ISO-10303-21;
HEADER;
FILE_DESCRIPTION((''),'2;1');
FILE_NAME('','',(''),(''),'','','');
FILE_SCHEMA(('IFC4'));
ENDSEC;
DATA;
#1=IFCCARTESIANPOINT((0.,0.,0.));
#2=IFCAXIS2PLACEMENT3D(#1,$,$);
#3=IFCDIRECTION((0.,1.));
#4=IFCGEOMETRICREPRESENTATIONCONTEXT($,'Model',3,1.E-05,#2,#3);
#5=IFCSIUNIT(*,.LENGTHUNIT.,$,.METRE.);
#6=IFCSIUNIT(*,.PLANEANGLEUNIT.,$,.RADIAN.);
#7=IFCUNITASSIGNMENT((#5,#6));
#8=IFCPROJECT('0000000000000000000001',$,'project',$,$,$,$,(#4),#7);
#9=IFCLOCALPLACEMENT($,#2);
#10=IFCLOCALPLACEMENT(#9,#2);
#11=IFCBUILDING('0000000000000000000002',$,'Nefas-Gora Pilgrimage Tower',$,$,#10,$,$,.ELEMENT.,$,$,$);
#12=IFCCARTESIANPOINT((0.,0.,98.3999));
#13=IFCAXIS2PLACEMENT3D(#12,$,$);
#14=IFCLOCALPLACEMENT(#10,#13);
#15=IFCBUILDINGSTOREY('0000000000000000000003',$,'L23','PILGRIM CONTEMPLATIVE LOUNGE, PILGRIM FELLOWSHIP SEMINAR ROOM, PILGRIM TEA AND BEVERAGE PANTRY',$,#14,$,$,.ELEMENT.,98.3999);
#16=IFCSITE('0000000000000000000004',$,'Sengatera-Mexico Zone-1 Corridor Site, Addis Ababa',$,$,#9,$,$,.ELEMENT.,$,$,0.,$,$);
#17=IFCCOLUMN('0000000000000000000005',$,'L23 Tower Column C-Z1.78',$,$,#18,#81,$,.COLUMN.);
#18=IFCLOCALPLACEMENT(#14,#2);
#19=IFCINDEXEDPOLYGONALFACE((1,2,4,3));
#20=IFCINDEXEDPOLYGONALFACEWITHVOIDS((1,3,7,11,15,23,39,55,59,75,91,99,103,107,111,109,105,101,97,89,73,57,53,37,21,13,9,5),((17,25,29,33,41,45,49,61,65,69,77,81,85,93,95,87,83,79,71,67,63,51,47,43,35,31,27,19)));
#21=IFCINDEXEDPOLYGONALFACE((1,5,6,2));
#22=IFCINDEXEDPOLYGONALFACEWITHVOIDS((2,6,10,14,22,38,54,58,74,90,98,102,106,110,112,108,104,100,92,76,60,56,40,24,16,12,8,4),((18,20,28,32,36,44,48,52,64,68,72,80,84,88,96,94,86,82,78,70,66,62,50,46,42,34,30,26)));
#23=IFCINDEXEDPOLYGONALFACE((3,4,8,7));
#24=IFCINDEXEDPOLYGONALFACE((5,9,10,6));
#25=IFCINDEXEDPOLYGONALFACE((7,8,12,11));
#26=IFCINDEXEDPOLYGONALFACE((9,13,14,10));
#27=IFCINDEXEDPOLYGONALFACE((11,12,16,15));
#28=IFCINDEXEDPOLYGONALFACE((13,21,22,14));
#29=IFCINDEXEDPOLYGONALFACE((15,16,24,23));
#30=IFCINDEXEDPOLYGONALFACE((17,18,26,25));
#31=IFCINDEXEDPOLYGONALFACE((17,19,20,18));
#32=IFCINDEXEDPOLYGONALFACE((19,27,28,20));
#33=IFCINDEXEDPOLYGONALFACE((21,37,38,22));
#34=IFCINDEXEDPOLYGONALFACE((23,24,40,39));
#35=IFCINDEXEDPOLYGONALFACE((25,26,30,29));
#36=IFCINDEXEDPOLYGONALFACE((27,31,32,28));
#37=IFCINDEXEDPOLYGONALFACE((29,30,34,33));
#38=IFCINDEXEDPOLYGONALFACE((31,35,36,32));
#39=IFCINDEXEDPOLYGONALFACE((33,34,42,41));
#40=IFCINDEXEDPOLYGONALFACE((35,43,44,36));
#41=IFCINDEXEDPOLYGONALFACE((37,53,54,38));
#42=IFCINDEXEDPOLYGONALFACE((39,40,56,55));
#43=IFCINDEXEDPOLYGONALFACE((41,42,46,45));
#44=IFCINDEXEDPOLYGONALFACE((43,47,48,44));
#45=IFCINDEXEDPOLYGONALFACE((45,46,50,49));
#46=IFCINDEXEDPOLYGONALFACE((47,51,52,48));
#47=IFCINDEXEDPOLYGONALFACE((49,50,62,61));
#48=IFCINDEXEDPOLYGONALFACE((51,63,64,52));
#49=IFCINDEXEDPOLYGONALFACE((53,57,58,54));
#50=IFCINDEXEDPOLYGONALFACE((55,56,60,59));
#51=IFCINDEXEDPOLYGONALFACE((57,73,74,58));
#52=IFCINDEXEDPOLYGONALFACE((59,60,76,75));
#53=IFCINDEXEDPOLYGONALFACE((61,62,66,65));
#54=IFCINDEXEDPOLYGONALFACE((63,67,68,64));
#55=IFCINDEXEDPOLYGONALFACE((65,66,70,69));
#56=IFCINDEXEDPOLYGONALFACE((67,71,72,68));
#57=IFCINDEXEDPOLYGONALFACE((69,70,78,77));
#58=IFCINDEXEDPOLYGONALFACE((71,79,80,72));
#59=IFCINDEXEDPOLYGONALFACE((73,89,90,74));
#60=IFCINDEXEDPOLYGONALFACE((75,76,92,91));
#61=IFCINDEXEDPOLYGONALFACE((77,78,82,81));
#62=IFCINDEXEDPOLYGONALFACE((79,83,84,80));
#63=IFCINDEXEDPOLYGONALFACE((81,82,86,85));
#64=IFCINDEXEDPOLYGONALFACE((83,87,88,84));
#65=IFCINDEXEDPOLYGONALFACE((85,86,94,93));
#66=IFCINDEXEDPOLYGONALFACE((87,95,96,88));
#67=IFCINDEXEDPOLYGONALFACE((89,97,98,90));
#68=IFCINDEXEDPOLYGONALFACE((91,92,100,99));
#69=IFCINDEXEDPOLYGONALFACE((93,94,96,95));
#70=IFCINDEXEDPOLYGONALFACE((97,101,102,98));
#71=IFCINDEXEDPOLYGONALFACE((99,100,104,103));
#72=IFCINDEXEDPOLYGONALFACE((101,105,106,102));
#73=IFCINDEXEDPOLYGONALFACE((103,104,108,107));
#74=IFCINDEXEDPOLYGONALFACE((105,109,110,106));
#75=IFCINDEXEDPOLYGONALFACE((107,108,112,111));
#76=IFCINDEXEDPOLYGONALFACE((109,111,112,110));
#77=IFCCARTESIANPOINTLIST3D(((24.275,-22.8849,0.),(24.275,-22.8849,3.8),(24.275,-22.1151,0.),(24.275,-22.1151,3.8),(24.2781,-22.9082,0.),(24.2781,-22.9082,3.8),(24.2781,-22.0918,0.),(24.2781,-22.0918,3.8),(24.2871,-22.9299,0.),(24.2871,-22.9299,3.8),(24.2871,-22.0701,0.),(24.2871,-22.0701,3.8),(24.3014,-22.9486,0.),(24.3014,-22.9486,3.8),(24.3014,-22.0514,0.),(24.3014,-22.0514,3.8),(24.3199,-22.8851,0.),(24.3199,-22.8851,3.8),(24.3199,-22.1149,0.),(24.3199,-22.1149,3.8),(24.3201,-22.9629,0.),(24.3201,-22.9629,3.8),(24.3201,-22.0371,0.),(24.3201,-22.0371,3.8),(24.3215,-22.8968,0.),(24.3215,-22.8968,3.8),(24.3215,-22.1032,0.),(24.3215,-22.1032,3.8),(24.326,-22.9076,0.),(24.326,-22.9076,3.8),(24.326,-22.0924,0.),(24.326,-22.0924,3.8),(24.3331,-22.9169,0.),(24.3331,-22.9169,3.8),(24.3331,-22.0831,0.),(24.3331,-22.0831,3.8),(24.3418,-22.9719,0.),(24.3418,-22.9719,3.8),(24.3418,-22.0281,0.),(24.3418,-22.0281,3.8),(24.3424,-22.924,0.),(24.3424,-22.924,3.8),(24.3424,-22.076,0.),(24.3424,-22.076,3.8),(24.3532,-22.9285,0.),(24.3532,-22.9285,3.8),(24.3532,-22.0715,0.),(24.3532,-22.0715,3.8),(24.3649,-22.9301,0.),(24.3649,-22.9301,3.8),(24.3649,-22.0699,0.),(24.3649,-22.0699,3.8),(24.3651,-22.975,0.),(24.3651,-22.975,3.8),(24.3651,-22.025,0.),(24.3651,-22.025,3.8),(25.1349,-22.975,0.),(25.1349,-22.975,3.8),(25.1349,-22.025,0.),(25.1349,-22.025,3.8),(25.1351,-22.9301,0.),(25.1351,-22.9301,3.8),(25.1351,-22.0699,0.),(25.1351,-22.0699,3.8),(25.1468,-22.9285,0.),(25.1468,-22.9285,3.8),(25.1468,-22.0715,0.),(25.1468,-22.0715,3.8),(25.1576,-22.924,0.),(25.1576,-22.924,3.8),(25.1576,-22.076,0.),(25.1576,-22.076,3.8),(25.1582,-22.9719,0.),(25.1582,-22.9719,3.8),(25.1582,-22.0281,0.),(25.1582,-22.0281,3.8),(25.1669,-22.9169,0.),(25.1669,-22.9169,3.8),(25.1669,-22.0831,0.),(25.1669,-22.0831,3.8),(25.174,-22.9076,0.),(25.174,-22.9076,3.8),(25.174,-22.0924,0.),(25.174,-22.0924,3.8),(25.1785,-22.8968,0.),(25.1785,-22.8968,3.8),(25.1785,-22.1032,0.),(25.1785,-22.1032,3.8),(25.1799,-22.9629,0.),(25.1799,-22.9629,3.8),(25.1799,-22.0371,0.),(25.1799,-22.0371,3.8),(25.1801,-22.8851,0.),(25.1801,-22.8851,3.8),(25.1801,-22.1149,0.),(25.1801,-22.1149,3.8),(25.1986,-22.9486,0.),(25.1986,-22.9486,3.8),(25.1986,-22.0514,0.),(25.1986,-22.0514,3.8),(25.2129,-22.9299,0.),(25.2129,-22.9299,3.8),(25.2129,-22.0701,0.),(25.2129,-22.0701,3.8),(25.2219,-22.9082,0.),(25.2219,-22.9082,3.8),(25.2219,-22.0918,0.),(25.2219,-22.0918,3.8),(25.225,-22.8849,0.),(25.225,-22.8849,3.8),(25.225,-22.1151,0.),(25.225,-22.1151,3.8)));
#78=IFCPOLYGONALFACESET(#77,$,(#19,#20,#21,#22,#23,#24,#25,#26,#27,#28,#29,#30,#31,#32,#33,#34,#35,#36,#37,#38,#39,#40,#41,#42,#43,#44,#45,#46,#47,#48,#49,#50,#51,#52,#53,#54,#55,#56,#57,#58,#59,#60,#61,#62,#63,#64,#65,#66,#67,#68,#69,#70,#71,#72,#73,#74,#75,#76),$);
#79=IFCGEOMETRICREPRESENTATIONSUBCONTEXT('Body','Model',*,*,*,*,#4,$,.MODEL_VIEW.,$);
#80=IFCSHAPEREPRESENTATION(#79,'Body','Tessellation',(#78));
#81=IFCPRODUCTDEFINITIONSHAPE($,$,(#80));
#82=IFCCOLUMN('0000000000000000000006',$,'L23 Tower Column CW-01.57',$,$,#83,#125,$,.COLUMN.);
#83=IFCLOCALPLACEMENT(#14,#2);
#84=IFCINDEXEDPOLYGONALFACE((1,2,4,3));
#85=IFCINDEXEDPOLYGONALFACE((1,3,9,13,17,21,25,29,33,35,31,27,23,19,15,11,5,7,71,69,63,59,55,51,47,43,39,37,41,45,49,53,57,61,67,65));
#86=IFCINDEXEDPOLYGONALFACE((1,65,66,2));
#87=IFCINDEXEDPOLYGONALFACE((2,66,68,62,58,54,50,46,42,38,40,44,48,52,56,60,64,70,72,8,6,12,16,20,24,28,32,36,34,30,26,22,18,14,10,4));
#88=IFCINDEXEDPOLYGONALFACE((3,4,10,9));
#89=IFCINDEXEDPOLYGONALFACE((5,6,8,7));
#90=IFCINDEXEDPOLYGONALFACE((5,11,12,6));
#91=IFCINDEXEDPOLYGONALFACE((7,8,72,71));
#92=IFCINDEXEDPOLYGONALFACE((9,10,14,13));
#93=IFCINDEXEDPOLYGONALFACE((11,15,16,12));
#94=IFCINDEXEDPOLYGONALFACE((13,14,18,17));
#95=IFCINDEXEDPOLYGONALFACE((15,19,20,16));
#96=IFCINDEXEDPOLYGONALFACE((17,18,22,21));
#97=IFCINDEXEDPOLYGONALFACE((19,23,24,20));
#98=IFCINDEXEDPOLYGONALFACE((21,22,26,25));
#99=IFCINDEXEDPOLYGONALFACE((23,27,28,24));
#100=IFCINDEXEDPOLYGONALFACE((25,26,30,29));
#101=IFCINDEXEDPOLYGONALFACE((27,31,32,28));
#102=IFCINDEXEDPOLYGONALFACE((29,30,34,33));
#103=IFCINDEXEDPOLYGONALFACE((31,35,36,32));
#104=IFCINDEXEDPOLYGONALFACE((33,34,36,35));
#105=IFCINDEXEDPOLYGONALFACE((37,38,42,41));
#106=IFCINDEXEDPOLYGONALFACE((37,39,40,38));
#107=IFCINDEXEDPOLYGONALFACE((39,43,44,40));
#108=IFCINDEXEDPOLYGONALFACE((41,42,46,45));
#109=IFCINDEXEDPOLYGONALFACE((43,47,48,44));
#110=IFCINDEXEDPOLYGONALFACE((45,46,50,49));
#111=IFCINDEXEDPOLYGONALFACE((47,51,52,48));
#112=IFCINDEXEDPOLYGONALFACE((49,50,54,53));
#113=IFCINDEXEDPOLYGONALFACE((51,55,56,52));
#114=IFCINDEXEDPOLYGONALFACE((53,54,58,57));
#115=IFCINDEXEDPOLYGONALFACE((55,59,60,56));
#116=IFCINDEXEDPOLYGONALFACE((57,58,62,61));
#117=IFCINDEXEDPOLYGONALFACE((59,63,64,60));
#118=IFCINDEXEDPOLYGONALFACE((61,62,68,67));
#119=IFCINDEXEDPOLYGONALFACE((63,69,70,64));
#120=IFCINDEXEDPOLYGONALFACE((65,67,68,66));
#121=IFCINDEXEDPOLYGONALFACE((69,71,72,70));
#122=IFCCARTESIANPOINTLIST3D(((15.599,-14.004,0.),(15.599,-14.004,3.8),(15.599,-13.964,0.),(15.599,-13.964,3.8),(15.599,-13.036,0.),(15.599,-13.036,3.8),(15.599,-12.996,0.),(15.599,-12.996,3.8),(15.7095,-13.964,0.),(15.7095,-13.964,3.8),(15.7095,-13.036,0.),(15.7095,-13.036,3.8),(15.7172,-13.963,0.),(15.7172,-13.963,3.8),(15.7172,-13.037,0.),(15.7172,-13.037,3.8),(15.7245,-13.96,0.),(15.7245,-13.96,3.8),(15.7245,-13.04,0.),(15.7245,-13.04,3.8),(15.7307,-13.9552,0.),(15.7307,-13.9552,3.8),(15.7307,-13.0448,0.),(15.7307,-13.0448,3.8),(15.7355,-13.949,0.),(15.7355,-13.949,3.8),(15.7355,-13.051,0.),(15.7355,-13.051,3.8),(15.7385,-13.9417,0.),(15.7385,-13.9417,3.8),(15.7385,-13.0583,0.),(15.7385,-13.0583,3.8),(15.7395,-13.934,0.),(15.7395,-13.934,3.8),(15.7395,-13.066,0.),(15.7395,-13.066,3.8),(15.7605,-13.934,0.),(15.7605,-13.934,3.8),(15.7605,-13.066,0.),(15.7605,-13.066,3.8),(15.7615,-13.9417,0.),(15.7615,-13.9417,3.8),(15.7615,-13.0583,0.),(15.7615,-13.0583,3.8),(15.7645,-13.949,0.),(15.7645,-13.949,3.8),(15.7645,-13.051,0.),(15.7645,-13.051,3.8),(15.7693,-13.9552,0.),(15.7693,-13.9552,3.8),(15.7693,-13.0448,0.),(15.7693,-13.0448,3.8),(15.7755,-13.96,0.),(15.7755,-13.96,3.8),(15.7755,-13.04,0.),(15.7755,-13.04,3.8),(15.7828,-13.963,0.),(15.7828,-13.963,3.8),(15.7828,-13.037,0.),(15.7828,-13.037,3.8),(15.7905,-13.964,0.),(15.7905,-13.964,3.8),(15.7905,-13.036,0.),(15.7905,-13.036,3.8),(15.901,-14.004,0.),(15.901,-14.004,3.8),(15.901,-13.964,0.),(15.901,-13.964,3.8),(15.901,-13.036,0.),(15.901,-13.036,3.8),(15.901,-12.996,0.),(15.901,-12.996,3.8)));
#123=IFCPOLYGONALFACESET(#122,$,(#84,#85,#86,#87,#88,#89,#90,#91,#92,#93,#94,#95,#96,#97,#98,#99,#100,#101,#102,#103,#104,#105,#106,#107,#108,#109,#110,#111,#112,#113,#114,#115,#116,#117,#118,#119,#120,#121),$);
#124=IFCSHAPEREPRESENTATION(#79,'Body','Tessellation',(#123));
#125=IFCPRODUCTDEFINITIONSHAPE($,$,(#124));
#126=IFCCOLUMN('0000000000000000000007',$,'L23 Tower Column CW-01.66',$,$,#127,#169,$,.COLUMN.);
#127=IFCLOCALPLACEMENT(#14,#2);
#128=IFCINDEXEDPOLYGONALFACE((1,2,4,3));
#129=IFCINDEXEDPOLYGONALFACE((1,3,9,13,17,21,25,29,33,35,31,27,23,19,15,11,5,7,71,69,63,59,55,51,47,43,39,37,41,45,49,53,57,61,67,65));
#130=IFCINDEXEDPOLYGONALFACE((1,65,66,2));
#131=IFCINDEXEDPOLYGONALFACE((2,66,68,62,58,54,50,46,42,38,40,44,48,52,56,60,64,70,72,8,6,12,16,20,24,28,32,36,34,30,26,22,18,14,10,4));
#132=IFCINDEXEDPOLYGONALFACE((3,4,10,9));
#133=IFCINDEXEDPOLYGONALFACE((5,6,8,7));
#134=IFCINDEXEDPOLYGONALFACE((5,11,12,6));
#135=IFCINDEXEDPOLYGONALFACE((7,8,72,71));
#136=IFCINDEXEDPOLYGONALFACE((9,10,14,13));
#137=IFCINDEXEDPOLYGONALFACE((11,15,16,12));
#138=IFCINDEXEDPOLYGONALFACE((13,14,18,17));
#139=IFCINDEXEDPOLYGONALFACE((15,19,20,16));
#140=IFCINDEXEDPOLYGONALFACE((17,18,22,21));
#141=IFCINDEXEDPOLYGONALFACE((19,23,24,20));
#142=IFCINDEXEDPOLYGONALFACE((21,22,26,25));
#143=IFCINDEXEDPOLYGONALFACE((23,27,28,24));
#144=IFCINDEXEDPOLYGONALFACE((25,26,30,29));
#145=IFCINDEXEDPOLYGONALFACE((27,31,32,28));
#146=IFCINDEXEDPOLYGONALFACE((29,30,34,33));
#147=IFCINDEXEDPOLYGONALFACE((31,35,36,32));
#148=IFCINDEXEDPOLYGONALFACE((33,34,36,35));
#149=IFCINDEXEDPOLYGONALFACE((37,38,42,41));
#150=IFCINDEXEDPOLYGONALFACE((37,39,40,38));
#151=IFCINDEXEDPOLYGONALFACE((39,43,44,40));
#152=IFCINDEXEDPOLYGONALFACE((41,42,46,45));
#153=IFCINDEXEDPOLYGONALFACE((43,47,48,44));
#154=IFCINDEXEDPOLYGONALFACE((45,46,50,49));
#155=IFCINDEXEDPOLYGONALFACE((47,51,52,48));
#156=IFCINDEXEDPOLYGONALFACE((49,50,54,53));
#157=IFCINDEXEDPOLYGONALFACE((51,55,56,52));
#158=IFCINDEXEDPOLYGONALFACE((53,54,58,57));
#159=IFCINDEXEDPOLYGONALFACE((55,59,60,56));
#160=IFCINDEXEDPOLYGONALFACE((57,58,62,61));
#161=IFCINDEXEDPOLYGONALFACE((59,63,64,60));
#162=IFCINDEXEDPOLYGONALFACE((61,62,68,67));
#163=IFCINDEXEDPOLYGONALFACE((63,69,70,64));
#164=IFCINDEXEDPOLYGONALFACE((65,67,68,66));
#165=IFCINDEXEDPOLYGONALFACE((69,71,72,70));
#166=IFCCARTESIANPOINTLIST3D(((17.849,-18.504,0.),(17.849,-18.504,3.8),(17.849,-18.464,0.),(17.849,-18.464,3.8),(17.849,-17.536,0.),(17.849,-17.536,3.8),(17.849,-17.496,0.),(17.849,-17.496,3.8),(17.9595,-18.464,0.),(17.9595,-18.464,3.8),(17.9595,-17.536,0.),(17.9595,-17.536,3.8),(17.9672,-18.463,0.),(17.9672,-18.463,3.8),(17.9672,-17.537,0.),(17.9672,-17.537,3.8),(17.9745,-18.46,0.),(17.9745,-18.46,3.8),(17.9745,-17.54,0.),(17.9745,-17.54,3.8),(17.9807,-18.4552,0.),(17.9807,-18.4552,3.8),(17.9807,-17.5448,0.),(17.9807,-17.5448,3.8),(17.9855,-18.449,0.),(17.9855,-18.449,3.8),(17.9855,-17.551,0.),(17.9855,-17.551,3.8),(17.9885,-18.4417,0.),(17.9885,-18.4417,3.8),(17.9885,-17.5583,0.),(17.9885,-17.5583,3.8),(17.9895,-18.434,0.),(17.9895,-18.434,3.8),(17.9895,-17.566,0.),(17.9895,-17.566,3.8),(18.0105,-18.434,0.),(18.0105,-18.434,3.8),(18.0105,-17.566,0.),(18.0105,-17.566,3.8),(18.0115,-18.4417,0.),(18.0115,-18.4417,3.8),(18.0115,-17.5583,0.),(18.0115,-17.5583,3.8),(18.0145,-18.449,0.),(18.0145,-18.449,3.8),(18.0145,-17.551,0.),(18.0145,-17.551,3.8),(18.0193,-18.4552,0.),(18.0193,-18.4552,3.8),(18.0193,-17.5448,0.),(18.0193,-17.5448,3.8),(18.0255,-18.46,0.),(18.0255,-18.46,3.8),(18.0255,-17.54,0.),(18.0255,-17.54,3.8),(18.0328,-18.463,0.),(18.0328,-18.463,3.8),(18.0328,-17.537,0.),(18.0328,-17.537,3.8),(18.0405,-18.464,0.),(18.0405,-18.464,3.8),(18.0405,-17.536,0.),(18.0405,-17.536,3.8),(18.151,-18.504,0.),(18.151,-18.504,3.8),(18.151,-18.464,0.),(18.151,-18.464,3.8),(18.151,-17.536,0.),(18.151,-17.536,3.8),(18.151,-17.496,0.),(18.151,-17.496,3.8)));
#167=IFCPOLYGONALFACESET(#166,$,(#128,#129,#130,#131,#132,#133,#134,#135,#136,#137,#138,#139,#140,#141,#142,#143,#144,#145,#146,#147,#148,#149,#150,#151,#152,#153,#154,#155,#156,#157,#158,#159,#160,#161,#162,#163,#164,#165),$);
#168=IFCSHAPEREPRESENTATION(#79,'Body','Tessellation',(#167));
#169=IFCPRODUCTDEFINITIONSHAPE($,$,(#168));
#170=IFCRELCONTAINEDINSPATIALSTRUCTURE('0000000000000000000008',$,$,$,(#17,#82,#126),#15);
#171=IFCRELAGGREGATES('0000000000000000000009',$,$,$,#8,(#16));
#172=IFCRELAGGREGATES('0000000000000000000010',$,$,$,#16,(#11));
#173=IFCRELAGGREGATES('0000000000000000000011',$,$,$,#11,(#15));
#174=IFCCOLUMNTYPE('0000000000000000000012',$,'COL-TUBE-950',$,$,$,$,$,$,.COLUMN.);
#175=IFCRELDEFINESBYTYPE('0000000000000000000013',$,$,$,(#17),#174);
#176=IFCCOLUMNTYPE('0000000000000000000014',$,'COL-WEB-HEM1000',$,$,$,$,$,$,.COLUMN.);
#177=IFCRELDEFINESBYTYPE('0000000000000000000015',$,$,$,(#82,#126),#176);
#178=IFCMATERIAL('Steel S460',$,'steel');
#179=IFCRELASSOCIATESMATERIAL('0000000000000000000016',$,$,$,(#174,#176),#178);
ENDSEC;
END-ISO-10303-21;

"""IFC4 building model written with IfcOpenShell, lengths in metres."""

from ifc_helpers import new_model, si_unit, direction, frame, origin, origin_2d, place, context, subcontext, project, spatial, hollow_rectangle, i_section, extrude, source, transform, mapped, material, material_profile, profile_set, type_object, element, save


model = new_model("IFC4")

# Units and contexts
model_context = context("Model", 3, precision=1e-05, world=origin(), true_north=direction((0.0, 1.0)))
body_context = subcontext(model_context, "Body", "Model", "MODEL_VIEW")
ifc_project = project(units=[si_unit("LENGTHUNIT", "METRE"), si_unit("PLANEANGLEUNIT", "RADIAN")], contexts=[model_context])

# Site, building, storey
site_placement = place(None, origin())
site = spatial("IfcSite", under=ifc_project, at=site_placement, Name="Sengatera-Mexico Zone-1 Corridor Site, Addis Ababa", CompositionType="ELEMENT", RefElevation=0.0)
building_placement = place(site_placement, origin())
building = spatial("IfcBuilding", under=site, at=building_placement, Name="Nefas-Gora Pilgrimage Tower", CompositionType="ELEMENT")
storey_placement = place(building_placement, frame((0.0, 0.0, 98.3999)))
storey = spatial("IfcBuildingStorey", under=building, at=storey_placement, Name="L23", Description="PILGRIM CONTEMPLATIVE LOUNGE, PILGRIM FELLOWSHIP SEMINAR ROOM, PILGRIM TEA AND BEVERAGE PANTRY", CompositionType="ELEMENT", Elevation=98.3999)

# Columns
ifc_material_1 = material(Name="Steel S460", Category="steel")
ifc_material_profile_1 = material_profile(ifc_material_1, hollow_rectangle(XDim=0.95, YDim=0.95, WallThickness=0.0449, InnerFilletRadius=0.0449, OuterFilletRadius=0.0901, at=origin_2d()), Name="BOX 950x950x45")
ifc_profile_set_1 = profile_set([ifc_material_profile_1], Name="Steel S460")
column_type_1 = type_object("IfcColumnType", Name="COL-TUBE-950", PredefinedType="COLUMN", material=ifc_profile_set_1)
shared_shape_1 = source(origin(), body_context, "Body", "SweptSolid", [
    extrude(hollow_rectangle(XDim=0.95, YDim=0.95, WallThickness=0.0449, InnerFilletRadius=0.0449, OuterFilletRadius=0.0901, at=origin_2d()), origin(), (0.0, 0.0, 1.0), 3.8),
])
for number, where, z_axis, x_axis, name in (
    (1, (24.75, -22.5, 0.0), (0.0, 0.0, 1.0), (1.0, 0.0, 0.0), "L23 Tower Column C-Z1.78"),
):
    element("IfcColumn", number, at=place(storey_placement, frame(where, z_axis=z_axis, x_axis=x_axis)), inside=storey, type_object=column_type_1, Name=name, PredefinedType="COLUMN", context=body_context, shape_type="MappedRepresentation", body=[
        mapped(shared_shape_1, transform((0.0, 0.0, 0.0), x_axis=(1.0, 0.0, 0.0), y_axis=(0.0, 1.0, 0.0), z_axis=(0.0, 0.0, 1.0), scale=1.0)),
    ])
ifc_material_profile_2 = material_profile(ifc_material_1, i_section(OverallWidth=0.302, OverallDepth=1.0081, WebThickness=0.021, FlangeThickness=0.04, FilletRadius=0.03, at=origin_2d()), Name="HEM 1000")
ifc_profile_set_2 = profile_set([ifc_material_profile_2], Name="Steel S460")
column_type_2 = type_object("IfcColumnType", Name="COL-WEB-HEM1000", PredefinedType="COLUMN", material=ifc_profile_set_2)
shared_shape_2 = source(origin(), body_context, "Body", "SweptSolid", [
    extrude(i_section(OverallWidth=0.302, OverallDepth=1.0081, WebThickness=0.021, FlangeThickness=0.04, FilletRadius=0.03, at=origin_2d()), origin(), (0.0, 0.0, 1.0), 3.8),
])
for number, where, z_axis, x_axis, name in (
    (2, (15.75, -13.5, 0.0), (0.0, 0.0, 1.0), (1.0, 0.0, 0.0), "L23 Tower Column CW-01.57"),
    (3, (18.0, -18.0, 0.0), (0.0, 0.0, 1.0), (1.0, 0.0, 0.0), "L23 Tower Column CW-01.66"),
):
    element("IfcColumn", number, at=place(storey_placement, frame(where, z_axis=z_axis, x_axis=x_axis)), inside=storey, type_object=column_type_2, Name=name, PredefinedType="COLUMN", context=body_context, shape_type="MappedRepresentation", body=[
        mapped(shared_shape_2, transform((0.0, 0.0, 0.0), x_axis=(1.0, 0.0, 0.0), y_axis=(0.0, 1.0, 0.0), z_axis=(0.0, 0.0, 1.0), scale=1.0)),
    ])

save(model, "model.ifc")
